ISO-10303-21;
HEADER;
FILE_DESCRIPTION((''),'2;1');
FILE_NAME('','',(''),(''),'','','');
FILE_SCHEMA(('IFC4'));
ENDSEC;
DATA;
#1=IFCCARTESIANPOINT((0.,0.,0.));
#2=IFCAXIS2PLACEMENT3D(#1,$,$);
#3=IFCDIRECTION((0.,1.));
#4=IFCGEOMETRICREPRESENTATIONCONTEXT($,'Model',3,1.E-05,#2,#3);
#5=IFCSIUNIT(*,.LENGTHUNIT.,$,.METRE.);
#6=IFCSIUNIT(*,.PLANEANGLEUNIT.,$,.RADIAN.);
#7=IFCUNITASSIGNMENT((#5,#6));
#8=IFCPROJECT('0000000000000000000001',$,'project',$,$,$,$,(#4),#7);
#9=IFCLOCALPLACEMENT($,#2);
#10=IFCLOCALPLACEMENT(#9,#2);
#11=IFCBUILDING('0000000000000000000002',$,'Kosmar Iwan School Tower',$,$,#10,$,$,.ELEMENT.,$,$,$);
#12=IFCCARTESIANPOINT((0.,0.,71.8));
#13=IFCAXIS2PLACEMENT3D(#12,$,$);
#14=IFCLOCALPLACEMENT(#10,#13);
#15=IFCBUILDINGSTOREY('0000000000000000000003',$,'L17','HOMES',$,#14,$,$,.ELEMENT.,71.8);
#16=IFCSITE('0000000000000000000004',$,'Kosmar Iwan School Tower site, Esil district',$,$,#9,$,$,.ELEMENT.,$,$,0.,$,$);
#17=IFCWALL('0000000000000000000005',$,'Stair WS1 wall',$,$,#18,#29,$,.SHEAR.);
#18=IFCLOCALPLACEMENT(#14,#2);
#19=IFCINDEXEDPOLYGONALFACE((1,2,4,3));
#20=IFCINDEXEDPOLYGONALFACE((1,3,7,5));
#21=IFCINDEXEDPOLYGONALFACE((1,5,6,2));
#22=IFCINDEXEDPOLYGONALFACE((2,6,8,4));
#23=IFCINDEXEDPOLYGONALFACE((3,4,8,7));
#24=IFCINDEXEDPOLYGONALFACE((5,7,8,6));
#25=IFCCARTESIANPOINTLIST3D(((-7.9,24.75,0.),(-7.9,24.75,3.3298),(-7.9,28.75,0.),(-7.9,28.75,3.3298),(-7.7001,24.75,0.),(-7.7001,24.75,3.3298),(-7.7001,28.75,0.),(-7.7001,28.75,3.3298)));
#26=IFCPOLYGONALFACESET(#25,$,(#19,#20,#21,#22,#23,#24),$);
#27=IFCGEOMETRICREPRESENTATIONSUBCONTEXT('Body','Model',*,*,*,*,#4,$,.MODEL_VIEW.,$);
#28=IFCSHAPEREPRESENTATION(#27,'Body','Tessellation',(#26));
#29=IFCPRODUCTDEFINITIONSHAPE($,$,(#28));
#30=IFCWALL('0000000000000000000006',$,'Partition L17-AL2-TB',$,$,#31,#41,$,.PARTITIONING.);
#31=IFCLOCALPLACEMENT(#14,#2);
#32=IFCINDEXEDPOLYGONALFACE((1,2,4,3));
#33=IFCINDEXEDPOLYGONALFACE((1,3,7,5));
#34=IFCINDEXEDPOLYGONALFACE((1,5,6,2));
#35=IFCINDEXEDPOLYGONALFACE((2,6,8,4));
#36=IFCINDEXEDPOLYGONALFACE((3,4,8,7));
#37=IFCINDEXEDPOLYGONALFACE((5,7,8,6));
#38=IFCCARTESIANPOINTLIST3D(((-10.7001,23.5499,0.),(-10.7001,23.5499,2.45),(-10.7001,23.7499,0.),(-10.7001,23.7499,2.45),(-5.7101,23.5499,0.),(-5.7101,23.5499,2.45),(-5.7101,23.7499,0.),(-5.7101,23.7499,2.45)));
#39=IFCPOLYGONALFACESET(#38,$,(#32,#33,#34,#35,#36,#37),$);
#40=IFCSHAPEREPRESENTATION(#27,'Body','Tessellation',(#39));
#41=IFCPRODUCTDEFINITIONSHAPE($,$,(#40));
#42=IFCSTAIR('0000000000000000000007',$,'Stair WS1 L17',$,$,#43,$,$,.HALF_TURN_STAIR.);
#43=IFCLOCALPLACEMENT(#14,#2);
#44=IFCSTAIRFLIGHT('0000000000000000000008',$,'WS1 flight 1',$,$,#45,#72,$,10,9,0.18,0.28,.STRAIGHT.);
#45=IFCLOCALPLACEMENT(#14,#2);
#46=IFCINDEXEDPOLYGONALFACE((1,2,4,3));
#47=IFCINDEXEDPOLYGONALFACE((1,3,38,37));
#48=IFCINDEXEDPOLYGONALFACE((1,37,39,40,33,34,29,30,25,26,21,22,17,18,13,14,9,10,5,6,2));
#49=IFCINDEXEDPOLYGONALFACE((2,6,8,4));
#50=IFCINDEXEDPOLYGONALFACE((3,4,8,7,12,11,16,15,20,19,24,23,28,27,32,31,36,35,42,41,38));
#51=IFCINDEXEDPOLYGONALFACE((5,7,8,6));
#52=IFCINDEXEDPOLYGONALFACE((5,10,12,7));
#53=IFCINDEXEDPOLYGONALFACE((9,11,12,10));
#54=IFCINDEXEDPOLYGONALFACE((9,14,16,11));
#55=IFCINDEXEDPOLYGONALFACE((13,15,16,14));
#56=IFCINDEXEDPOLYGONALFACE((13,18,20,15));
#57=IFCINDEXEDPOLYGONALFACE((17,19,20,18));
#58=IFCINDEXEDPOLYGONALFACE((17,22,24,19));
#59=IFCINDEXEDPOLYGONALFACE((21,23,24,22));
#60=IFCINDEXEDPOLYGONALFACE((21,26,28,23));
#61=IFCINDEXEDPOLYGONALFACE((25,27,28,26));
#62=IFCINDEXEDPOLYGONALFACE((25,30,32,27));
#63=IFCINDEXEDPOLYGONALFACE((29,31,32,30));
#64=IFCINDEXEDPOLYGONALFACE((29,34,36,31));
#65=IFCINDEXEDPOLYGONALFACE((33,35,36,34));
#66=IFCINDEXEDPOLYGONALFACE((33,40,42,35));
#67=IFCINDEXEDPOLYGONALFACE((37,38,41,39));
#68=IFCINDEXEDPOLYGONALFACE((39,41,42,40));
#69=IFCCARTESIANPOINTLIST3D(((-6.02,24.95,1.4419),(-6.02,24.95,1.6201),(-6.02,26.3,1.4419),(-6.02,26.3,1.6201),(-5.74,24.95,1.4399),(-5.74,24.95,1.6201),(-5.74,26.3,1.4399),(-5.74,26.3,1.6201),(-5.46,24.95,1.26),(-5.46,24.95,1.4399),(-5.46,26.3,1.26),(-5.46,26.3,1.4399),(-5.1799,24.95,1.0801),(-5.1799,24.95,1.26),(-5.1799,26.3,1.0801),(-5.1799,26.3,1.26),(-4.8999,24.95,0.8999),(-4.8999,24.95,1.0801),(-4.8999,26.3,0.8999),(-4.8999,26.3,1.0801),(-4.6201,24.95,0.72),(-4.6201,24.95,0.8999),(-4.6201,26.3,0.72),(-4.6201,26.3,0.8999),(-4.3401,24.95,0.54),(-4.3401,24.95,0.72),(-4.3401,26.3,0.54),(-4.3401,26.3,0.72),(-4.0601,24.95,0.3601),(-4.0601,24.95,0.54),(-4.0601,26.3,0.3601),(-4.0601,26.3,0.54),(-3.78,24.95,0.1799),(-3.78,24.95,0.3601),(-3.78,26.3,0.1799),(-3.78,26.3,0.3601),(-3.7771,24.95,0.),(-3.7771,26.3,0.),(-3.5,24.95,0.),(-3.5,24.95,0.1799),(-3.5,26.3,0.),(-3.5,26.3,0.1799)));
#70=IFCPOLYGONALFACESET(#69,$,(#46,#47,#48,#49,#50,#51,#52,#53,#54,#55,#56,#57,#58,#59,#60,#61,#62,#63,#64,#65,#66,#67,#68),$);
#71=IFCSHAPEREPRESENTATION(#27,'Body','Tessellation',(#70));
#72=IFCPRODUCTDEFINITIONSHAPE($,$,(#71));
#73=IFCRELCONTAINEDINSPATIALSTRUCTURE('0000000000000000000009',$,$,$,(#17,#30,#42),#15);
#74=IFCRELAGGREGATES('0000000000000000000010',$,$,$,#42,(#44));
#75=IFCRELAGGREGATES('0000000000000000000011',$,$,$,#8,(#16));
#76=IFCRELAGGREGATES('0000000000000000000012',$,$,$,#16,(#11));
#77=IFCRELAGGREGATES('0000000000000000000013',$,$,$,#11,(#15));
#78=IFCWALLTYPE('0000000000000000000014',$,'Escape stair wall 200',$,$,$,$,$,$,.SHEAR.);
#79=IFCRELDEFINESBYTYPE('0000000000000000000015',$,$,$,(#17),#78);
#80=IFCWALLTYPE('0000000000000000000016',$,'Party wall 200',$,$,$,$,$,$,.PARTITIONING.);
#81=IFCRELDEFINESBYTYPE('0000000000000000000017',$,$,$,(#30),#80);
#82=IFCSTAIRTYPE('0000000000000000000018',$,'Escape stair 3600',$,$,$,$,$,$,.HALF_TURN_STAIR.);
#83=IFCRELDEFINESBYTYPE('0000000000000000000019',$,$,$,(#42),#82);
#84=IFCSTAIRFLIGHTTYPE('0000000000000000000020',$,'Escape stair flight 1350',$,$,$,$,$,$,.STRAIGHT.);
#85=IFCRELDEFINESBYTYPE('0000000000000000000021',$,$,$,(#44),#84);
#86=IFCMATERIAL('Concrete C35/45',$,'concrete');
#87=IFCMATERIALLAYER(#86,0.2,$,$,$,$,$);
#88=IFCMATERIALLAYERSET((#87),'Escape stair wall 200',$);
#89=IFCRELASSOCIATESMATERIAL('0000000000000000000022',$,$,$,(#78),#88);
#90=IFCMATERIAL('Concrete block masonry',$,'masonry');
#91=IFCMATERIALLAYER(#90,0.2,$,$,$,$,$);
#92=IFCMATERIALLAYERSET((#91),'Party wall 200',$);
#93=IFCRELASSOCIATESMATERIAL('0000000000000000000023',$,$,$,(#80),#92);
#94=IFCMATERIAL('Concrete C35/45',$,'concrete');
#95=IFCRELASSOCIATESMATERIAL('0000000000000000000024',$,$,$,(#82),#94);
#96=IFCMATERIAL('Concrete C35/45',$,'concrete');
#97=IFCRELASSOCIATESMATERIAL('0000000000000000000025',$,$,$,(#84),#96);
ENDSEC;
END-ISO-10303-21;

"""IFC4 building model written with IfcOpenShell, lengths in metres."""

from ifc_helpers import new_model, si_unit, direction, frame, frame_2d, origin, place, context, subcontext, project, spatial, polyline, rectangle, outline, extrude, material, layer, layer_set, type_object, element, aggregate, save


model = new_model("IFC4")

# Units and contexts
model_context = context("Model", 3, precision=1e-05, world=origin(), true_north=direction((0.0, 1.0)))
body_context = subcontext(model_context, "Body", "Model", "MODEL_VIEW")
ifc_project = project(units=[si_unit("LENGTHUNIT", "METRE"), si_unit("PLANEANGLEUNIT", "RADIAN")], contexts=[model_context])

# Site, building, storey
site_placement = place(None, origin())
site = spatial("IfcSite", under=ifc_project, at=site_placement, Name="Kosmar Iwan School Tower site, Esil district", CompositionType="ELEMENT", RefElevation=0.0)
building_placement = place(site_placement, origin())
building = spatial("IfcBuilding", under=site, at=building_placement, Name="Kosmar Iwan School Tower", CompositionType="ELEMENT")
storey_placement = place(building_placement, frame((0.0, 0.0, 71.8)))
storey = spatial("IfcBuildingStorey", under=building, at=storey_placement, Name="L17", Description="HOMES", CompositionType="ELEMENT", Elevation=71.8)

# Walls
ifc_material_1 = material(Name="Concrete C35/45", Category="concrete")
ifc_layer_1 = layer(ifc_material_1, 0.2)
ifc_layer_set_1 = layer_set([ifc_layer_1], Name="Escape stair wall 200")
wall_type_1 = type_object("IfcWallType", Name="Escape stair wall 200", PredefinedType="SHEAR", material=ifc_layer_set_1)
wall_1_placement = place(storey_placement, frame((-7.8, 24.75, 0.0), z_axis=(0.0, 0.0, 1.0), x_axis=(0.0, 1.0, 0.0)))
element("IfcWall", 1, at=wall_1_placement, inside=storey, type_object=wall_type_1, Name="Stair WS1 wall", PredefinedType="SHEAR", context=body_context, shape_type="SweptSolid", body=[
    extrude(rectangle(XDim=4.0, YDim=0.2, at=frame_2d((2.0, 0.0))), origin(), (0.0, 0.0, 1.0), 3.3298),
])
ifc_material_2 = material(Name="Concrete block masonry", Category="masonry")
ifc_layer_2 = layer(ifc_material_2, 0.2)
ifc_layer_set_2 = layer_set([ifc_layer_2], Name="Party wall 200")
wall_type_2 = type_object("IfcWallType", Name="Party wall 200", PredefinedType="PARTITIONING", material=ifc_layer_set_2)
wall_2_placement = place(storey_placement, frame((-5.71, 23.6499, 0.0), z_axis=(0.0, 0.0, 1.0), x_axis=(-1.0, 0.0, 0.0)))
element("IfcWall", 2, at=wall_2_placement, inside=storey, type_object=wall_type_2, Name="Partition L17-AL2-TB", PredefinedType="PARTITIONING", context=body_context, shape_type="SweptSolid", body=[
    extrude(rectangle(XDim=4.99, YDim=0.2, at=frame_2d((2.4951, 0.0))), origin(), (0.0, 0.0, 1.0), 2.45),
])

# Stair, stair flight
ifc_material_3 = material(Name="Concrete C35/45", Category="concrete")
stair_type = type_object("IfcStairType", Name="Escape stair 3600", PredefinedType="HALF_TURN_STAIR", material=ifc_material_3)
stair_placement = place(storey_placement, origin())
stair = element("IfcStair", 3, at=stair_placement, inside=storey, type_object=stair_type, Name="Stair WS1 L17", PredefinedType="HALF_TURN_STAIR")
ifc_material_4 = material(Name="Concrete C35/45", Category="concrete")
stair_flight_type = type_object("IfcStairFlightType", Name="Escape stair flight 1350", PredefinedType="STRAIGHT", material=ifc_material_4)
stair_flight_placement = place(storey_placement, frame((-3.5, 25.625, 0.0), z_axis=(0.0, 0.0, 1.0), x_axis=(-1.0, 0.0, 0.0)))
stair_flight = element("IfcStairFlight", 4, at=stair_flight_placement, type_object=stair_flight_type, Name="WS1 flight 1", NumberOfRisers=10, NumberOfTreads=9, PredefinedType="STRAIGHT", RiserHeight=0.18, TreadLength=0.28, context=body_context, shape_type="SweptSolid", body=[
    extrude(outline(polyline([(0.0, 0.0), (0.0, 0.1799), (0.28, 0.1799), (0.28, 0.3601), (0.5601, 0.3601), (0.5601, 0.54), (0.8401, 0.54), (0.8401, 0.72), (1.1201, 0.72), (1.1201, 0.8999), (1.3999, 0.8999), (1.3999, 1.0801), (1.6799, 1.0801), (1.6799, 1.26), (1.96, 1.26), (1.96, 1.4399), (2.24, 1.4399), (2.24, 1.6201), (2.52, 1.6201), (2.52, 1.8), (2.52, 1.4419), (0.2771, 0.0), (0.0, 0.0)])), frame((0.0, 0.675, 0.0), z_axis=(0.0, -1.0, 0.0), x_axis=(1.0, 0.0, 0.0)), (0.0, 0.0, 1.0), 1.3501),
])
aggregate(stair, [stair_flight])

save(model, "model.ifc")
